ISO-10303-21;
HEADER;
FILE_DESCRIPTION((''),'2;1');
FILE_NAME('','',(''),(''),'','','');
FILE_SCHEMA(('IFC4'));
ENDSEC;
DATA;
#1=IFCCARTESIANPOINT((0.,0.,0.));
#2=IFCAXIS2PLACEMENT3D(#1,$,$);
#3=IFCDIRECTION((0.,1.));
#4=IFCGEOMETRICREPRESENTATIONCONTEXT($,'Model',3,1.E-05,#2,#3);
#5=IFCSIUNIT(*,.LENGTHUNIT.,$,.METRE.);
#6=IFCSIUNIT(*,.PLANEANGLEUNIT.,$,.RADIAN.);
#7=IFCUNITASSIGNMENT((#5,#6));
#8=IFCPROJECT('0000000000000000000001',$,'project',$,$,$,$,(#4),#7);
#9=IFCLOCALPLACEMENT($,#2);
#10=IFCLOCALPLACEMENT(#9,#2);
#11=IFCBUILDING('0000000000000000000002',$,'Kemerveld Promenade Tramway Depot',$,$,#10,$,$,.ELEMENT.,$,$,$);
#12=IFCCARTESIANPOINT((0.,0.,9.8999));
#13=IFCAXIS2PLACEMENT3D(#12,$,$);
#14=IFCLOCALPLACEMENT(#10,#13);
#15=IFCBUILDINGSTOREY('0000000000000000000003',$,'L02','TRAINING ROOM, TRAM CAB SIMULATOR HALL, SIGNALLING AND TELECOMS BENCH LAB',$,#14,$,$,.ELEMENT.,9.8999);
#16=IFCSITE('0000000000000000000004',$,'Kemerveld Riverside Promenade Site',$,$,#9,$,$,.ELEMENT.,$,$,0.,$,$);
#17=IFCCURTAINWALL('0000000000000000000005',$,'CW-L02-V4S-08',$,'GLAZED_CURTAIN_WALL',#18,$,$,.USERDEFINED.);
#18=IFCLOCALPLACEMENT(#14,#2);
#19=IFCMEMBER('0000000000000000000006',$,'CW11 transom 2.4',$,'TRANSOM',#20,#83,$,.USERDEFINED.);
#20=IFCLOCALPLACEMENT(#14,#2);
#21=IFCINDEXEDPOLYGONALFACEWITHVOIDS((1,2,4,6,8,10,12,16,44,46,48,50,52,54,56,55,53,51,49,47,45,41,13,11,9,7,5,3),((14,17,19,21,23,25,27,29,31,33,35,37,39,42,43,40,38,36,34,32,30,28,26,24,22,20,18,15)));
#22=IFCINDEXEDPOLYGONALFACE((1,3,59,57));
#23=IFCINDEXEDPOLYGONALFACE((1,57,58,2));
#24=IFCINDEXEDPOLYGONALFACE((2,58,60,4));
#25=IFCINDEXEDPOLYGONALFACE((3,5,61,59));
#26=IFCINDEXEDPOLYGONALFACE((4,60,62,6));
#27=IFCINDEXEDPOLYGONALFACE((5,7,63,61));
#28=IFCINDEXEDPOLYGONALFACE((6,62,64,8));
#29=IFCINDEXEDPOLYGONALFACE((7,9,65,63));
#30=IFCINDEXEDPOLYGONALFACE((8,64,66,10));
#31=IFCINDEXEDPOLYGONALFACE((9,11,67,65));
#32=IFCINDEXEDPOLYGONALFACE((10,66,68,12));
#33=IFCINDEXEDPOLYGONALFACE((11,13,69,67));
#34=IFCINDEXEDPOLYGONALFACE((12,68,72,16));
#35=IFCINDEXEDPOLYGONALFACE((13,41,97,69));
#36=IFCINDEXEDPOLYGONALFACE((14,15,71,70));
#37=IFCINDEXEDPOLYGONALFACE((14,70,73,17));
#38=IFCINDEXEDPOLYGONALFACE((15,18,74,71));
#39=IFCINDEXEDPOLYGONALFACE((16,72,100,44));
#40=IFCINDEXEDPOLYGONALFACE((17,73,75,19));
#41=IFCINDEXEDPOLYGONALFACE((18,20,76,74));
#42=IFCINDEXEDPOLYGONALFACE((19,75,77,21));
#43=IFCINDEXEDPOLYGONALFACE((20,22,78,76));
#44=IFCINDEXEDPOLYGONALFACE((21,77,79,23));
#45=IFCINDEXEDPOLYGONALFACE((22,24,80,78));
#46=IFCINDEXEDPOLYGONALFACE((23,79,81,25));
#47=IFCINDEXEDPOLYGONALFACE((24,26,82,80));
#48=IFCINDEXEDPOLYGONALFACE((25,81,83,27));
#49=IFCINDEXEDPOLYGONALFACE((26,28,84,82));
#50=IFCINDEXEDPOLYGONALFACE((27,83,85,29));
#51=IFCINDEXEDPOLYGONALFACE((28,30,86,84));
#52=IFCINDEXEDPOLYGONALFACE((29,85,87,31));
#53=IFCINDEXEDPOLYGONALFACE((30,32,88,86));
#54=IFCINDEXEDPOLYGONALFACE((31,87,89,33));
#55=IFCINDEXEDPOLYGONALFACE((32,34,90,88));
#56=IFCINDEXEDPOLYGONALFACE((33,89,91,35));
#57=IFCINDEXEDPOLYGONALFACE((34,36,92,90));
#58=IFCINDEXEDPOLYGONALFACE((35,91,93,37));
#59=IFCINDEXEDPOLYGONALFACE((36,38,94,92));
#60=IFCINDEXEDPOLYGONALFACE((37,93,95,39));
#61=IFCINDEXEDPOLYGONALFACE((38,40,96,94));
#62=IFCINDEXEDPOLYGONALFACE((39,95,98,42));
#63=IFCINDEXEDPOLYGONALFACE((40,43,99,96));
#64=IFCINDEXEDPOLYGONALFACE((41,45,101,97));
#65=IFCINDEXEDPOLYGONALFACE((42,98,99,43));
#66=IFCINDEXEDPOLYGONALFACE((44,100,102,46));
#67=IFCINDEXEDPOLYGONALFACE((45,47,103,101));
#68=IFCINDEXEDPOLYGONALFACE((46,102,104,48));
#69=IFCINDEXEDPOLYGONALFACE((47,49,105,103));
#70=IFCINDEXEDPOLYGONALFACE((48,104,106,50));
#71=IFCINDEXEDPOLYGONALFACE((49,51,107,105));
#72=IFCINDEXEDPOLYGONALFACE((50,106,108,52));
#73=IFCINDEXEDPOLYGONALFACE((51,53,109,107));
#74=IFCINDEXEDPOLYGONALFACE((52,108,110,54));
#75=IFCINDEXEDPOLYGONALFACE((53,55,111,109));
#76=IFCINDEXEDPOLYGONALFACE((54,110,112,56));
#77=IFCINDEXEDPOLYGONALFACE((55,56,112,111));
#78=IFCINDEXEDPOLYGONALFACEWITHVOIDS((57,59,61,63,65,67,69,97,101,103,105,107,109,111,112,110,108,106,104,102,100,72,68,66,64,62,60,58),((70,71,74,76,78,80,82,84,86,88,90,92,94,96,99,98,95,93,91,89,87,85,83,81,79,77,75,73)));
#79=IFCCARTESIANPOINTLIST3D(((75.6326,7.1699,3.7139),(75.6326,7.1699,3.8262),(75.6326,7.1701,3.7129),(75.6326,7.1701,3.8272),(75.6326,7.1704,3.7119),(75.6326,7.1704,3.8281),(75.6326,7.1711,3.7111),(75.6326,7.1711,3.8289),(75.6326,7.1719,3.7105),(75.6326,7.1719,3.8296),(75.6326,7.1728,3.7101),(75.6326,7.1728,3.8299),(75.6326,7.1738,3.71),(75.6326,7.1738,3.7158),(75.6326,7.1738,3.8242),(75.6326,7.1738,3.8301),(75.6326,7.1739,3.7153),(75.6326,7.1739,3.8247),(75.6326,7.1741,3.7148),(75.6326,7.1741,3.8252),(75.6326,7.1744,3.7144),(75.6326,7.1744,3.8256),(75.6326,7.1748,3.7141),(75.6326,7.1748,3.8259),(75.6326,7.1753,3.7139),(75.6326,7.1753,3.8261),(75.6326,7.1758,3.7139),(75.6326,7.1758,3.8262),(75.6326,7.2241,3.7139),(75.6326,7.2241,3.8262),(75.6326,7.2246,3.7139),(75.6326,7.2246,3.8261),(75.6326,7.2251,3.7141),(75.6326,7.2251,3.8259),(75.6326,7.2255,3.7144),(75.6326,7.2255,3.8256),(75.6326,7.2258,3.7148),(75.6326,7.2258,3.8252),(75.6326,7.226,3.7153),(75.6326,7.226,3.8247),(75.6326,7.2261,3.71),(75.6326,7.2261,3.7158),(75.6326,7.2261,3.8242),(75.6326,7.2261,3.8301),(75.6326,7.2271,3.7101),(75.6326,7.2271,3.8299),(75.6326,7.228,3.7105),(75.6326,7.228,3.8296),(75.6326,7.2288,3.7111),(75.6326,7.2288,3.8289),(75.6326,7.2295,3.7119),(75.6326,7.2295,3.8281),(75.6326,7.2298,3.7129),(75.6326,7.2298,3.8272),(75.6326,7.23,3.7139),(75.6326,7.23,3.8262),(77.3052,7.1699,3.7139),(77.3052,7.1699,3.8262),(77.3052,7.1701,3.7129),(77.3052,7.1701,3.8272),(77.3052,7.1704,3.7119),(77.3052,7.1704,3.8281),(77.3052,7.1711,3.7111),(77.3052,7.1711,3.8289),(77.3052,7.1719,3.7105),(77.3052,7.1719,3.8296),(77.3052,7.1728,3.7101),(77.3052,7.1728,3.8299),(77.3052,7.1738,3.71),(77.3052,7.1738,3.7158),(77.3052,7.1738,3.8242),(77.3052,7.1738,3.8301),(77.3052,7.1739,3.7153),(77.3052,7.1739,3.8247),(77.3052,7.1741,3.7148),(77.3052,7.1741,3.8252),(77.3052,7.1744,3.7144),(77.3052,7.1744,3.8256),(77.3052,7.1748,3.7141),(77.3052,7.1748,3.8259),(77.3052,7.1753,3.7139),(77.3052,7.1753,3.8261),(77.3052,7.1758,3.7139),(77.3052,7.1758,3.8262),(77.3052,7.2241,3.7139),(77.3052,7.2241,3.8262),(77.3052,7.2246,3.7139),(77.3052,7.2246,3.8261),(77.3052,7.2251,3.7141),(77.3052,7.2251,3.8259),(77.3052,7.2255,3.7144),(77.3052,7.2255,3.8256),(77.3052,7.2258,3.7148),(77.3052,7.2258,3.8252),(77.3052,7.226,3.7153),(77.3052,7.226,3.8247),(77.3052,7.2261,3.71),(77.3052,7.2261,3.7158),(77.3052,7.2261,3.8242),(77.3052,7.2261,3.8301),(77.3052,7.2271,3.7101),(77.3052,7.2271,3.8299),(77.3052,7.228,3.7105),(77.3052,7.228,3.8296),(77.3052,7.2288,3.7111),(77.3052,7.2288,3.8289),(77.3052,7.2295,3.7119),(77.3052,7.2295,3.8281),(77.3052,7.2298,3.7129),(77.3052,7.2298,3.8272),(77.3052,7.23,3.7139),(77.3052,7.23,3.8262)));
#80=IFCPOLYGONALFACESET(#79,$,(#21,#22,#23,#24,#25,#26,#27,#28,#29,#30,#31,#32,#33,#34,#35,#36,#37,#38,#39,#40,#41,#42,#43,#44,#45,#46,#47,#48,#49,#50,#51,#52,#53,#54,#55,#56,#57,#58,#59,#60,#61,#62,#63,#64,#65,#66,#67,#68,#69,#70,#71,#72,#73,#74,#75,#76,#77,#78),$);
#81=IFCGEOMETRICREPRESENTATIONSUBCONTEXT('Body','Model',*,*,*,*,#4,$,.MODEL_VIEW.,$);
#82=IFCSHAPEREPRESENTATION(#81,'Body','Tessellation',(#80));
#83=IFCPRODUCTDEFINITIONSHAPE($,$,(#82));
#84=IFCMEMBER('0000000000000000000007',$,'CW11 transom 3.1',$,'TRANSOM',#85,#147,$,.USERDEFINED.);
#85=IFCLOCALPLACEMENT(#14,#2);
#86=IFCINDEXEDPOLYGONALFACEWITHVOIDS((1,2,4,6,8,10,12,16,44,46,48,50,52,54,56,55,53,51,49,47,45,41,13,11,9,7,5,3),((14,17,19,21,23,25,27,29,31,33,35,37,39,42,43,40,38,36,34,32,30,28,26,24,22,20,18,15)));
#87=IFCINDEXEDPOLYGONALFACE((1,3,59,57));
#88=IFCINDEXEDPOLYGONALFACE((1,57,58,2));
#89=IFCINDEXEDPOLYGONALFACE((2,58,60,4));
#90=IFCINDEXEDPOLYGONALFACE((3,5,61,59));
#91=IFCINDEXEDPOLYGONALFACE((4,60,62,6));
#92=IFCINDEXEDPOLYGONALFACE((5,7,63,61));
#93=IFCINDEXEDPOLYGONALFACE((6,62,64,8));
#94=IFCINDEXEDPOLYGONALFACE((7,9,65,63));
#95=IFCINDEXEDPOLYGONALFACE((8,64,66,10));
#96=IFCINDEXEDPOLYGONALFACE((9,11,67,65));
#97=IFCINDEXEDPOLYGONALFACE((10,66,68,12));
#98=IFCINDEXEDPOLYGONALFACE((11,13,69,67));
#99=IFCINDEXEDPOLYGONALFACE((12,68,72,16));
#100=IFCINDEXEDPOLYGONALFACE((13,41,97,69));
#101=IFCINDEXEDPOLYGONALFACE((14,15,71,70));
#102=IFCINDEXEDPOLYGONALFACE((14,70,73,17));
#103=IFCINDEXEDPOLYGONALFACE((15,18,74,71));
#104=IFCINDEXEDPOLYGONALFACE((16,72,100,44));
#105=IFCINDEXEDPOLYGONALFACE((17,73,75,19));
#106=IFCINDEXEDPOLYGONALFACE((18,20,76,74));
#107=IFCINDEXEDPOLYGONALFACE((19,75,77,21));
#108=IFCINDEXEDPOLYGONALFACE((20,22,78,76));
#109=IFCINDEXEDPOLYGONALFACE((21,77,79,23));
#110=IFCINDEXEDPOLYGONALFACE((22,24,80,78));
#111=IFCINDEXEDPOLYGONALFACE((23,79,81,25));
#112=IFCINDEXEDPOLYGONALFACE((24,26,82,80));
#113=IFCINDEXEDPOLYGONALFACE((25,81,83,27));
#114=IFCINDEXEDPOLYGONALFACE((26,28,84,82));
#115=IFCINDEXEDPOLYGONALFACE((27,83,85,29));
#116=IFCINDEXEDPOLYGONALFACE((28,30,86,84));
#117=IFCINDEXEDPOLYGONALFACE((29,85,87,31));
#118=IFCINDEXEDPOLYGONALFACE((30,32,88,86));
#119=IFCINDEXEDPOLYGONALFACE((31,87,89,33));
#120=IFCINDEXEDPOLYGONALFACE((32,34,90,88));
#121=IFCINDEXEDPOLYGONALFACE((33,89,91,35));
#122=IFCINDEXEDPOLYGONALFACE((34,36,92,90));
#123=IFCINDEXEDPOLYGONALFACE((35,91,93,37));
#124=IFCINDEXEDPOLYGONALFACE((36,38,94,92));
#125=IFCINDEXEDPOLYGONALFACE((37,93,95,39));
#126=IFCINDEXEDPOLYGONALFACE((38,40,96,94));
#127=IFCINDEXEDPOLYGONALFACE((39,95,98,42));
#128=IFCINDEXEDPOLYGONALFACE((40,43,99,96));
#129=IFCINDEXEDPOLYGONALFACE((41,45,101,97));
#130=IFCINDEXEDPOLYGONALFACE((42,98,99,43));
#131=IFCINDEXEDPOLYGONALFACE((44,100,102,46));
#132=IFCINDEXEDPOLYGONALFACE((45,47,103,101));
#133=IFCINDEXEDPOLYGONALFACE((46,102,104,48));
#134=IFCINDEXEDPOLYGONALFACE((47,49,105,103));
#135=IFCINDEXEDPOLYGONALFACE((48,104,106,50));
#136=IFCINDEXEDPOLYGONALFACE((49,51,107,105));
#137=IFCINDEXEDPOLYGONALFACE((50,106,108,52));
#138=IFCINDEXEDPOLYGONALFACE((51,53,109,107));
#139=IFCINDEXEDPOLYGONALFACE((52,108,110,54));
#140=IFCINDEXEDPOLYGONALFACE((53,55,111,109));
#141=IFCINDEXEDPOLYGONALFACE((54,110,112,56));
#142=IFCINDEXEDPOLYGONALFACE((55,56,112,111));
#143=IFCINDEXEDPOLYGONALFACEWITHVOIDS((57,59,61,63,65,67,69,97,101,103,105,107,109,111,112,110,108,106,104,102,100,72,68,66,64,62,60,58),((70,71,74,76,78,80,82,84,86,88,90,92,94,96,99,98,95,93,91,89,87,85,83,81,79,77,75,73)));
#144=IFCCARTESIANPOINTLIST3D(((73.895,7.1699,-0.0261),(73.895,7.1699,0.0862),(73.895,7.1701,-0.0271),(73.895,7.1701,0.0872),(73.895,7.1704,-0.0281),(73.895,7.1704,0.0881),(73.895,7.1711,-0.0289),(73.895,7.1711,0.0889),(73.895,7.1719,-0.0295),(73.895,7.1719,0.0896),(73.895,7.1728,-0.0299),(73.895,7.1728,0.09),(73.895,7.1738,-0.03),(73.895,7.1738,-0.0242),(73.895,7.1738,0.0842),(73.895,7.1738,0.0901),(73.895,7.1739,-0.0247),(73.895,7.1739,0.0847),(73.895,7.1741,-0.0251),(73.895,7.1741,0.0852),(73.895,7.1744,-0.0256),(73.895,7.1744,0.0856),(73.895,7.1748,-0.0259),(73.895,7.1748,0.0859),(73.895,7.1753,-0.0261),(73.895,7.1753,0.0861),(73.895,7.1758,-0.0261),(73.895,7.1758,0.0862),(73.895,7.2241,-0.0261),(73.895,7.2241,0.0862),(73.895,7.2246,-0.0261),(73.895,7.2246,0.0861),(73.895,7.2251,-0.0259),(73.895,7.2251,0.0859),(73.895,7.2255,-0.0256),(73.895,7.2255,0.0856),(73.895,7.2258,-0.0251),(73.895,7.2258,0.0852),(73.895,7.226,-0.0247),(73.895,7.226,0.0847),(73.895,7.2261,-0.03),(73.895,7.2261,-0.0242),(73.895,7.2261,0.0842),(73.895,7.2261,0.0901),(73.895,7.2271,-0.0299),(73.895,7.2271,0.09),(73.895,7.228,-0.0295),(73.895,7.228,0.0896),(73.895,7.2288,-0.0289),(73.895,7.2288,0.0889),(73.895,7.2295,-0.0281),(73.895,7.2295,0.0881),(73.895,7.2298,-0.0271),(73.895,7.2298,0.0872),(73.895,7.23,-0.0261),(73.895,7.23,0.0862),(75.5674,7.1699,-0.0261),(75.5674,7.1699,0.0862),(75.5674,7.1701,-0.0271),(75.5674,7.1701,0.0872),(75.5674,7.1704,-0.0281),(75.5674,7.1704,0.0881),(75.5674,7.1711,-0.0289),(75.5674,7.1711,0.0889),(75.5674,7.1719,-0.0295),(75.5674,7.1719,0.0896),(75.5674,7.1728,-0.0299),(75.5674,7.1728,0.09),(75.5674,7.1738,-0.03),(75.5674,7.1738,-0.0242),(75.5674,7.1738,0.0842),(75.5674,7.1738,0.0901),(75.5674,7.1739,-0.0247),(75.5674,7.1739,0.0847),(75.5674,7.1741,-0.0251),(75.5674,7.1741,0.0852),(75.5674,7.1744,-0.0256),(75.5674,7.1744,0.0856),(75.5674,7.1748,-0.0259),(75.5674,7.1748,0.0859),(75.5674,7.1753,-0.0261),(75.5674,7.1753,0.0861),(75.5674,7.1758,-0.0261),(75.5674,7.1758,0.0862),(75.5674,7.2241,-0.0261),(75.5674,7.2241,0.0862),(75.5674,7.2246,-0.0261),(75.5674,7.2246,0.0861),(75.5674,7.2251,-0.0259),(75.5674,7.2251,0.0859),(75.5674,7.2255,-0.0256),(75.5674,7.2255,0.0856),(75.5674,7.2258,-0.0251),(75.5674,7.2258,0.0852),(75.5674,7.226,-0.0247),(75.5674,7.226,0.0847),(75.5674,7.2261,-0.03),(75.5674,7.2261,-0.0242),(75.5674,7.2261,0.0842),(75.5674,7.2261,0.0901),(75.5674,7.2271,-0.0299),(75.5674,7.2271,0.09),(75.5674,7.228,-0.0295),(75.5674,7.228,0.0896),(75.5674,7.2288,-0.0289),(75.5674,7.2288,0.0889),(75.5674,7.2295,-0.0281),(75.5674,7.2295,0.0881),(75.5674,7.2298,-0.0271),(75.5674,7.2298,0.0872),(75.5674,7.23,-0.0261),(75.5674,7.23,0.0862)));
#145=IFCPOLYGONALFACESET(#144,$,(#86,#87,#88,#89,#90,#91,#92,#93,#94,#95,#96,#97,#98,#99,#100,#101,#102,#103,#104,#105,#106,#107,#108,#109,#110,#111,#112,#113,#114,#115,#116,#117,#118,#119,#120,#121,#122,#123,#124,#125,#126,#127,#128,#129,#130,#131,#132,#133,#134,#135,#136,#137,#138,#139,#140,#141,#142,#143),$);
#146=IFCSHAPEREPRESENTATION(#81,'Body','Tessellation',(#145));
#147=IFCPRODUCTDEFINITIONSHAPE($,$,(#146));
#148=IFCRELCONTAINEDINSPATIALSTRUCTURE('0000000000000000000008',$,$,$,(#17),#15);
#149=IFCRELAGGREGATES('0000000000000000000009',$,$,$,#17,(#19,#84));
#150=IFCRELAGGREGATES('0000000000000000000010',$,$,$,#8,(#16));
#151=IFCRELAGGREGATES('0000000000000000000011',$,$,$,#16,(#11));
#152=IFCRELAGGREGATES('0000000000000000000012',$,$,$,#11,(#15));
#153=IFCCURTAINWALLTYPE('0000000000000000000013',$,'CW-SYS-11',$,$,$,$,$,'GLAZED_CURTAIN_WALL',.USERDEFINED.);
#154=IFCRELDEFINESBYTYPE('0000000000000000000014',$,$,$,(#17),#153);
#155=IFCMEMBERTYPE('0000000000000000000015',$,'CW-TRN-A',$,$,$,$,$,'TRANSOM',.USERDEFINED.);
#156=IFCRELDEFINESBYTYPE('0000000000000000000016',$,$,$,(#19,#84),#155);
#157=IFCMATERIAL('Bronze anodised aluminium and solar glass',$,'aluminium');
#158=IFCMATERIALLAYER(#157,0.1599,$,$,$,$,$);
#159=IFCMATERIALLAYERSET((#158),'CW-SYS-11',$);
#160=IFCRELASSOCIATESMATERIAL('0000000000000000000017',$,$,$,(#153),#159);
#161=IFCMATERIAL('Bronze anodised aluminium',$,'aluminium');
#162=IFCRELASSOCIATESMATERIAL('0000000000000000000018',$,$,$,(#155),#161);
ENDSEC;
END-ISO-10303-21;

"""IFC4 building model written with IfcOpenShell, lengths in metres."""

from ifc_helpers import new_model, si_unit, direction, frame, origin, origin_2d, place, context, subcontext, project, spatial, hollow_rectangle, extrude, material, layer, layer_set, material_profile, profile_set, type_object, element, aggregate, save


model = new_model("IFC4")

# Units and contexts
model_context = context("Model", 3, precision=1e-05, world=origin(), true_north=direction((0.0, 1.0)))
body_context = subcontext(model_context, "Body", "Model", "MODEL_VIEW")
ifc_project = project(units=[si_unit("LENGTHUNIT", "METRE"), si_unit("PLANEANGLEUNIT", "RADIAN")], contexts=[model_context])

# Site, building, storey
site_placement = place(None, origin())
site = spatial("IfcSite", under=ifc_project, at=site_placement, Name="Kemerveld Riverside Promenade Site", CompositionType="ELEMENT", RefElevation=0.0)
building_placement = place(site_placement, origin())
building = spatial("IfcBuilding", under=site, at=building_placement, Name="Kemerveld Promenade Tramway Depot", CompositionType="ELEMENT")
storey_placement = place(building_placement, frame((0.0, 0.0, 9.8999)))
storey = spatial("IfcBuildingStorey", under=building, at=storey_placement, Name="L02", Description="TRAINING ROOM, TRAM CAB SIMULATOR HALL, SIGNALLING AND TELECOMS BENCH LAB", CompositionType="ELEMENT", Elevation=9.8999)

# Curtain wall, members
ifc_material_1 = material(Name="Bronze anodised aluminium and solar glass", Category="aluminium")
ifc_layer_1 = layer(ifc_material_1, 0.1599)
ifc_layer_set_1 = layer_set([ifc_layer_1], Name="CW-SYS-11")
curtain_wall_type = type_object("IfcCurtainWallType", Name="CW-SYS-11", ElementType="GLAZED_CURTAIN_WALL", PredefinedType="USERDEFINED", material=ifc_layer_set_1)
curtain_wall_placement = place(storey_placement, origin())
curtain_wall = element("IfcCurtainWall", 1, at=curtain_wall_placement, inside=storey, type_object=curtain_wall_type, Name="CW-L02-V4S-08", ObjectType="GLAZED_CURTAIN_WALL", PredefinedType="USERDEFINED")
ifc_material_2 = material(Name="Bronze anodised aluminium", Category="aluminium")
ifc_material_profile_1 = material_profile(ifc_material_2, hollow_rectangle(XDim=0.0601, YDim=0.1201, WallThickness=0.0039, InnerFilletRadius=0.002, OuterFilletRadius=0.0039, at=origin_2d()), Name="CW-TRN-120x60")
ifc_profile_set_1 = profile_set([ifc_material_profile_1], Name="Bronze anodised aluminium")
member_type_1 = type_object("IfcMemberType", Name="CW-TRN-A", ElementType="TRANSOM", PredefinedType="USERDEFINED", material=ifc_profile_set_1)
member_1_placement = place(storey_placement, frame((77.3052, 7.2, 3.77), z_axis=(-1.0, 0.0, 0.0), x_axis=(0.0, -1.0, 0.0)))
member_1 = element("IfcMember", 2, at=member_1_placement, type_object=member_type_1, Name="CW11 transom 2.4", ObjectType="TRANSOM", PredefinedType="USERDEFINED", context=body_context, shape_type="SweptSolid", body=[
    extrude(hollow_rectangle(XDim=0.0601, YDim=0.1201, WallThickness=0.0039, InnerFilletRadius=0.002, OuterFilletRadius=0.0039, at=origin_2d()), origin(), (0.0, 0.0, 1.0), 1.6726),
])
member_2_placement = place(storey_placement, frame((75.5674, 7.2, 0.03), z_axis=(-1.0, 0.0, 0.0), x_axis=(0.0, -1.0, 0.0)))
member_2 = element("IfcMember", 3, at=member_2_placement, type_object=member_type_1, Name="CW11 transom 3.1", ObjectType="TRANSOM", PredefinedType="USERDEFINED", context=body_context, shape_type="SweptSolid", body=[
    extrude(hollow_rectangle(XDim=0.0601, YDim=0.1201, WallThickness=0.0039, InnerFilletRadius=0.002, OuterFilletRadius=0.0039, at=origin_2d()), origin(), (0.0, 0.0, 1.0), 1.6724),
])
aggregate(curtain_wall, [member_1, member_2])

save(model, "model.ifc")
